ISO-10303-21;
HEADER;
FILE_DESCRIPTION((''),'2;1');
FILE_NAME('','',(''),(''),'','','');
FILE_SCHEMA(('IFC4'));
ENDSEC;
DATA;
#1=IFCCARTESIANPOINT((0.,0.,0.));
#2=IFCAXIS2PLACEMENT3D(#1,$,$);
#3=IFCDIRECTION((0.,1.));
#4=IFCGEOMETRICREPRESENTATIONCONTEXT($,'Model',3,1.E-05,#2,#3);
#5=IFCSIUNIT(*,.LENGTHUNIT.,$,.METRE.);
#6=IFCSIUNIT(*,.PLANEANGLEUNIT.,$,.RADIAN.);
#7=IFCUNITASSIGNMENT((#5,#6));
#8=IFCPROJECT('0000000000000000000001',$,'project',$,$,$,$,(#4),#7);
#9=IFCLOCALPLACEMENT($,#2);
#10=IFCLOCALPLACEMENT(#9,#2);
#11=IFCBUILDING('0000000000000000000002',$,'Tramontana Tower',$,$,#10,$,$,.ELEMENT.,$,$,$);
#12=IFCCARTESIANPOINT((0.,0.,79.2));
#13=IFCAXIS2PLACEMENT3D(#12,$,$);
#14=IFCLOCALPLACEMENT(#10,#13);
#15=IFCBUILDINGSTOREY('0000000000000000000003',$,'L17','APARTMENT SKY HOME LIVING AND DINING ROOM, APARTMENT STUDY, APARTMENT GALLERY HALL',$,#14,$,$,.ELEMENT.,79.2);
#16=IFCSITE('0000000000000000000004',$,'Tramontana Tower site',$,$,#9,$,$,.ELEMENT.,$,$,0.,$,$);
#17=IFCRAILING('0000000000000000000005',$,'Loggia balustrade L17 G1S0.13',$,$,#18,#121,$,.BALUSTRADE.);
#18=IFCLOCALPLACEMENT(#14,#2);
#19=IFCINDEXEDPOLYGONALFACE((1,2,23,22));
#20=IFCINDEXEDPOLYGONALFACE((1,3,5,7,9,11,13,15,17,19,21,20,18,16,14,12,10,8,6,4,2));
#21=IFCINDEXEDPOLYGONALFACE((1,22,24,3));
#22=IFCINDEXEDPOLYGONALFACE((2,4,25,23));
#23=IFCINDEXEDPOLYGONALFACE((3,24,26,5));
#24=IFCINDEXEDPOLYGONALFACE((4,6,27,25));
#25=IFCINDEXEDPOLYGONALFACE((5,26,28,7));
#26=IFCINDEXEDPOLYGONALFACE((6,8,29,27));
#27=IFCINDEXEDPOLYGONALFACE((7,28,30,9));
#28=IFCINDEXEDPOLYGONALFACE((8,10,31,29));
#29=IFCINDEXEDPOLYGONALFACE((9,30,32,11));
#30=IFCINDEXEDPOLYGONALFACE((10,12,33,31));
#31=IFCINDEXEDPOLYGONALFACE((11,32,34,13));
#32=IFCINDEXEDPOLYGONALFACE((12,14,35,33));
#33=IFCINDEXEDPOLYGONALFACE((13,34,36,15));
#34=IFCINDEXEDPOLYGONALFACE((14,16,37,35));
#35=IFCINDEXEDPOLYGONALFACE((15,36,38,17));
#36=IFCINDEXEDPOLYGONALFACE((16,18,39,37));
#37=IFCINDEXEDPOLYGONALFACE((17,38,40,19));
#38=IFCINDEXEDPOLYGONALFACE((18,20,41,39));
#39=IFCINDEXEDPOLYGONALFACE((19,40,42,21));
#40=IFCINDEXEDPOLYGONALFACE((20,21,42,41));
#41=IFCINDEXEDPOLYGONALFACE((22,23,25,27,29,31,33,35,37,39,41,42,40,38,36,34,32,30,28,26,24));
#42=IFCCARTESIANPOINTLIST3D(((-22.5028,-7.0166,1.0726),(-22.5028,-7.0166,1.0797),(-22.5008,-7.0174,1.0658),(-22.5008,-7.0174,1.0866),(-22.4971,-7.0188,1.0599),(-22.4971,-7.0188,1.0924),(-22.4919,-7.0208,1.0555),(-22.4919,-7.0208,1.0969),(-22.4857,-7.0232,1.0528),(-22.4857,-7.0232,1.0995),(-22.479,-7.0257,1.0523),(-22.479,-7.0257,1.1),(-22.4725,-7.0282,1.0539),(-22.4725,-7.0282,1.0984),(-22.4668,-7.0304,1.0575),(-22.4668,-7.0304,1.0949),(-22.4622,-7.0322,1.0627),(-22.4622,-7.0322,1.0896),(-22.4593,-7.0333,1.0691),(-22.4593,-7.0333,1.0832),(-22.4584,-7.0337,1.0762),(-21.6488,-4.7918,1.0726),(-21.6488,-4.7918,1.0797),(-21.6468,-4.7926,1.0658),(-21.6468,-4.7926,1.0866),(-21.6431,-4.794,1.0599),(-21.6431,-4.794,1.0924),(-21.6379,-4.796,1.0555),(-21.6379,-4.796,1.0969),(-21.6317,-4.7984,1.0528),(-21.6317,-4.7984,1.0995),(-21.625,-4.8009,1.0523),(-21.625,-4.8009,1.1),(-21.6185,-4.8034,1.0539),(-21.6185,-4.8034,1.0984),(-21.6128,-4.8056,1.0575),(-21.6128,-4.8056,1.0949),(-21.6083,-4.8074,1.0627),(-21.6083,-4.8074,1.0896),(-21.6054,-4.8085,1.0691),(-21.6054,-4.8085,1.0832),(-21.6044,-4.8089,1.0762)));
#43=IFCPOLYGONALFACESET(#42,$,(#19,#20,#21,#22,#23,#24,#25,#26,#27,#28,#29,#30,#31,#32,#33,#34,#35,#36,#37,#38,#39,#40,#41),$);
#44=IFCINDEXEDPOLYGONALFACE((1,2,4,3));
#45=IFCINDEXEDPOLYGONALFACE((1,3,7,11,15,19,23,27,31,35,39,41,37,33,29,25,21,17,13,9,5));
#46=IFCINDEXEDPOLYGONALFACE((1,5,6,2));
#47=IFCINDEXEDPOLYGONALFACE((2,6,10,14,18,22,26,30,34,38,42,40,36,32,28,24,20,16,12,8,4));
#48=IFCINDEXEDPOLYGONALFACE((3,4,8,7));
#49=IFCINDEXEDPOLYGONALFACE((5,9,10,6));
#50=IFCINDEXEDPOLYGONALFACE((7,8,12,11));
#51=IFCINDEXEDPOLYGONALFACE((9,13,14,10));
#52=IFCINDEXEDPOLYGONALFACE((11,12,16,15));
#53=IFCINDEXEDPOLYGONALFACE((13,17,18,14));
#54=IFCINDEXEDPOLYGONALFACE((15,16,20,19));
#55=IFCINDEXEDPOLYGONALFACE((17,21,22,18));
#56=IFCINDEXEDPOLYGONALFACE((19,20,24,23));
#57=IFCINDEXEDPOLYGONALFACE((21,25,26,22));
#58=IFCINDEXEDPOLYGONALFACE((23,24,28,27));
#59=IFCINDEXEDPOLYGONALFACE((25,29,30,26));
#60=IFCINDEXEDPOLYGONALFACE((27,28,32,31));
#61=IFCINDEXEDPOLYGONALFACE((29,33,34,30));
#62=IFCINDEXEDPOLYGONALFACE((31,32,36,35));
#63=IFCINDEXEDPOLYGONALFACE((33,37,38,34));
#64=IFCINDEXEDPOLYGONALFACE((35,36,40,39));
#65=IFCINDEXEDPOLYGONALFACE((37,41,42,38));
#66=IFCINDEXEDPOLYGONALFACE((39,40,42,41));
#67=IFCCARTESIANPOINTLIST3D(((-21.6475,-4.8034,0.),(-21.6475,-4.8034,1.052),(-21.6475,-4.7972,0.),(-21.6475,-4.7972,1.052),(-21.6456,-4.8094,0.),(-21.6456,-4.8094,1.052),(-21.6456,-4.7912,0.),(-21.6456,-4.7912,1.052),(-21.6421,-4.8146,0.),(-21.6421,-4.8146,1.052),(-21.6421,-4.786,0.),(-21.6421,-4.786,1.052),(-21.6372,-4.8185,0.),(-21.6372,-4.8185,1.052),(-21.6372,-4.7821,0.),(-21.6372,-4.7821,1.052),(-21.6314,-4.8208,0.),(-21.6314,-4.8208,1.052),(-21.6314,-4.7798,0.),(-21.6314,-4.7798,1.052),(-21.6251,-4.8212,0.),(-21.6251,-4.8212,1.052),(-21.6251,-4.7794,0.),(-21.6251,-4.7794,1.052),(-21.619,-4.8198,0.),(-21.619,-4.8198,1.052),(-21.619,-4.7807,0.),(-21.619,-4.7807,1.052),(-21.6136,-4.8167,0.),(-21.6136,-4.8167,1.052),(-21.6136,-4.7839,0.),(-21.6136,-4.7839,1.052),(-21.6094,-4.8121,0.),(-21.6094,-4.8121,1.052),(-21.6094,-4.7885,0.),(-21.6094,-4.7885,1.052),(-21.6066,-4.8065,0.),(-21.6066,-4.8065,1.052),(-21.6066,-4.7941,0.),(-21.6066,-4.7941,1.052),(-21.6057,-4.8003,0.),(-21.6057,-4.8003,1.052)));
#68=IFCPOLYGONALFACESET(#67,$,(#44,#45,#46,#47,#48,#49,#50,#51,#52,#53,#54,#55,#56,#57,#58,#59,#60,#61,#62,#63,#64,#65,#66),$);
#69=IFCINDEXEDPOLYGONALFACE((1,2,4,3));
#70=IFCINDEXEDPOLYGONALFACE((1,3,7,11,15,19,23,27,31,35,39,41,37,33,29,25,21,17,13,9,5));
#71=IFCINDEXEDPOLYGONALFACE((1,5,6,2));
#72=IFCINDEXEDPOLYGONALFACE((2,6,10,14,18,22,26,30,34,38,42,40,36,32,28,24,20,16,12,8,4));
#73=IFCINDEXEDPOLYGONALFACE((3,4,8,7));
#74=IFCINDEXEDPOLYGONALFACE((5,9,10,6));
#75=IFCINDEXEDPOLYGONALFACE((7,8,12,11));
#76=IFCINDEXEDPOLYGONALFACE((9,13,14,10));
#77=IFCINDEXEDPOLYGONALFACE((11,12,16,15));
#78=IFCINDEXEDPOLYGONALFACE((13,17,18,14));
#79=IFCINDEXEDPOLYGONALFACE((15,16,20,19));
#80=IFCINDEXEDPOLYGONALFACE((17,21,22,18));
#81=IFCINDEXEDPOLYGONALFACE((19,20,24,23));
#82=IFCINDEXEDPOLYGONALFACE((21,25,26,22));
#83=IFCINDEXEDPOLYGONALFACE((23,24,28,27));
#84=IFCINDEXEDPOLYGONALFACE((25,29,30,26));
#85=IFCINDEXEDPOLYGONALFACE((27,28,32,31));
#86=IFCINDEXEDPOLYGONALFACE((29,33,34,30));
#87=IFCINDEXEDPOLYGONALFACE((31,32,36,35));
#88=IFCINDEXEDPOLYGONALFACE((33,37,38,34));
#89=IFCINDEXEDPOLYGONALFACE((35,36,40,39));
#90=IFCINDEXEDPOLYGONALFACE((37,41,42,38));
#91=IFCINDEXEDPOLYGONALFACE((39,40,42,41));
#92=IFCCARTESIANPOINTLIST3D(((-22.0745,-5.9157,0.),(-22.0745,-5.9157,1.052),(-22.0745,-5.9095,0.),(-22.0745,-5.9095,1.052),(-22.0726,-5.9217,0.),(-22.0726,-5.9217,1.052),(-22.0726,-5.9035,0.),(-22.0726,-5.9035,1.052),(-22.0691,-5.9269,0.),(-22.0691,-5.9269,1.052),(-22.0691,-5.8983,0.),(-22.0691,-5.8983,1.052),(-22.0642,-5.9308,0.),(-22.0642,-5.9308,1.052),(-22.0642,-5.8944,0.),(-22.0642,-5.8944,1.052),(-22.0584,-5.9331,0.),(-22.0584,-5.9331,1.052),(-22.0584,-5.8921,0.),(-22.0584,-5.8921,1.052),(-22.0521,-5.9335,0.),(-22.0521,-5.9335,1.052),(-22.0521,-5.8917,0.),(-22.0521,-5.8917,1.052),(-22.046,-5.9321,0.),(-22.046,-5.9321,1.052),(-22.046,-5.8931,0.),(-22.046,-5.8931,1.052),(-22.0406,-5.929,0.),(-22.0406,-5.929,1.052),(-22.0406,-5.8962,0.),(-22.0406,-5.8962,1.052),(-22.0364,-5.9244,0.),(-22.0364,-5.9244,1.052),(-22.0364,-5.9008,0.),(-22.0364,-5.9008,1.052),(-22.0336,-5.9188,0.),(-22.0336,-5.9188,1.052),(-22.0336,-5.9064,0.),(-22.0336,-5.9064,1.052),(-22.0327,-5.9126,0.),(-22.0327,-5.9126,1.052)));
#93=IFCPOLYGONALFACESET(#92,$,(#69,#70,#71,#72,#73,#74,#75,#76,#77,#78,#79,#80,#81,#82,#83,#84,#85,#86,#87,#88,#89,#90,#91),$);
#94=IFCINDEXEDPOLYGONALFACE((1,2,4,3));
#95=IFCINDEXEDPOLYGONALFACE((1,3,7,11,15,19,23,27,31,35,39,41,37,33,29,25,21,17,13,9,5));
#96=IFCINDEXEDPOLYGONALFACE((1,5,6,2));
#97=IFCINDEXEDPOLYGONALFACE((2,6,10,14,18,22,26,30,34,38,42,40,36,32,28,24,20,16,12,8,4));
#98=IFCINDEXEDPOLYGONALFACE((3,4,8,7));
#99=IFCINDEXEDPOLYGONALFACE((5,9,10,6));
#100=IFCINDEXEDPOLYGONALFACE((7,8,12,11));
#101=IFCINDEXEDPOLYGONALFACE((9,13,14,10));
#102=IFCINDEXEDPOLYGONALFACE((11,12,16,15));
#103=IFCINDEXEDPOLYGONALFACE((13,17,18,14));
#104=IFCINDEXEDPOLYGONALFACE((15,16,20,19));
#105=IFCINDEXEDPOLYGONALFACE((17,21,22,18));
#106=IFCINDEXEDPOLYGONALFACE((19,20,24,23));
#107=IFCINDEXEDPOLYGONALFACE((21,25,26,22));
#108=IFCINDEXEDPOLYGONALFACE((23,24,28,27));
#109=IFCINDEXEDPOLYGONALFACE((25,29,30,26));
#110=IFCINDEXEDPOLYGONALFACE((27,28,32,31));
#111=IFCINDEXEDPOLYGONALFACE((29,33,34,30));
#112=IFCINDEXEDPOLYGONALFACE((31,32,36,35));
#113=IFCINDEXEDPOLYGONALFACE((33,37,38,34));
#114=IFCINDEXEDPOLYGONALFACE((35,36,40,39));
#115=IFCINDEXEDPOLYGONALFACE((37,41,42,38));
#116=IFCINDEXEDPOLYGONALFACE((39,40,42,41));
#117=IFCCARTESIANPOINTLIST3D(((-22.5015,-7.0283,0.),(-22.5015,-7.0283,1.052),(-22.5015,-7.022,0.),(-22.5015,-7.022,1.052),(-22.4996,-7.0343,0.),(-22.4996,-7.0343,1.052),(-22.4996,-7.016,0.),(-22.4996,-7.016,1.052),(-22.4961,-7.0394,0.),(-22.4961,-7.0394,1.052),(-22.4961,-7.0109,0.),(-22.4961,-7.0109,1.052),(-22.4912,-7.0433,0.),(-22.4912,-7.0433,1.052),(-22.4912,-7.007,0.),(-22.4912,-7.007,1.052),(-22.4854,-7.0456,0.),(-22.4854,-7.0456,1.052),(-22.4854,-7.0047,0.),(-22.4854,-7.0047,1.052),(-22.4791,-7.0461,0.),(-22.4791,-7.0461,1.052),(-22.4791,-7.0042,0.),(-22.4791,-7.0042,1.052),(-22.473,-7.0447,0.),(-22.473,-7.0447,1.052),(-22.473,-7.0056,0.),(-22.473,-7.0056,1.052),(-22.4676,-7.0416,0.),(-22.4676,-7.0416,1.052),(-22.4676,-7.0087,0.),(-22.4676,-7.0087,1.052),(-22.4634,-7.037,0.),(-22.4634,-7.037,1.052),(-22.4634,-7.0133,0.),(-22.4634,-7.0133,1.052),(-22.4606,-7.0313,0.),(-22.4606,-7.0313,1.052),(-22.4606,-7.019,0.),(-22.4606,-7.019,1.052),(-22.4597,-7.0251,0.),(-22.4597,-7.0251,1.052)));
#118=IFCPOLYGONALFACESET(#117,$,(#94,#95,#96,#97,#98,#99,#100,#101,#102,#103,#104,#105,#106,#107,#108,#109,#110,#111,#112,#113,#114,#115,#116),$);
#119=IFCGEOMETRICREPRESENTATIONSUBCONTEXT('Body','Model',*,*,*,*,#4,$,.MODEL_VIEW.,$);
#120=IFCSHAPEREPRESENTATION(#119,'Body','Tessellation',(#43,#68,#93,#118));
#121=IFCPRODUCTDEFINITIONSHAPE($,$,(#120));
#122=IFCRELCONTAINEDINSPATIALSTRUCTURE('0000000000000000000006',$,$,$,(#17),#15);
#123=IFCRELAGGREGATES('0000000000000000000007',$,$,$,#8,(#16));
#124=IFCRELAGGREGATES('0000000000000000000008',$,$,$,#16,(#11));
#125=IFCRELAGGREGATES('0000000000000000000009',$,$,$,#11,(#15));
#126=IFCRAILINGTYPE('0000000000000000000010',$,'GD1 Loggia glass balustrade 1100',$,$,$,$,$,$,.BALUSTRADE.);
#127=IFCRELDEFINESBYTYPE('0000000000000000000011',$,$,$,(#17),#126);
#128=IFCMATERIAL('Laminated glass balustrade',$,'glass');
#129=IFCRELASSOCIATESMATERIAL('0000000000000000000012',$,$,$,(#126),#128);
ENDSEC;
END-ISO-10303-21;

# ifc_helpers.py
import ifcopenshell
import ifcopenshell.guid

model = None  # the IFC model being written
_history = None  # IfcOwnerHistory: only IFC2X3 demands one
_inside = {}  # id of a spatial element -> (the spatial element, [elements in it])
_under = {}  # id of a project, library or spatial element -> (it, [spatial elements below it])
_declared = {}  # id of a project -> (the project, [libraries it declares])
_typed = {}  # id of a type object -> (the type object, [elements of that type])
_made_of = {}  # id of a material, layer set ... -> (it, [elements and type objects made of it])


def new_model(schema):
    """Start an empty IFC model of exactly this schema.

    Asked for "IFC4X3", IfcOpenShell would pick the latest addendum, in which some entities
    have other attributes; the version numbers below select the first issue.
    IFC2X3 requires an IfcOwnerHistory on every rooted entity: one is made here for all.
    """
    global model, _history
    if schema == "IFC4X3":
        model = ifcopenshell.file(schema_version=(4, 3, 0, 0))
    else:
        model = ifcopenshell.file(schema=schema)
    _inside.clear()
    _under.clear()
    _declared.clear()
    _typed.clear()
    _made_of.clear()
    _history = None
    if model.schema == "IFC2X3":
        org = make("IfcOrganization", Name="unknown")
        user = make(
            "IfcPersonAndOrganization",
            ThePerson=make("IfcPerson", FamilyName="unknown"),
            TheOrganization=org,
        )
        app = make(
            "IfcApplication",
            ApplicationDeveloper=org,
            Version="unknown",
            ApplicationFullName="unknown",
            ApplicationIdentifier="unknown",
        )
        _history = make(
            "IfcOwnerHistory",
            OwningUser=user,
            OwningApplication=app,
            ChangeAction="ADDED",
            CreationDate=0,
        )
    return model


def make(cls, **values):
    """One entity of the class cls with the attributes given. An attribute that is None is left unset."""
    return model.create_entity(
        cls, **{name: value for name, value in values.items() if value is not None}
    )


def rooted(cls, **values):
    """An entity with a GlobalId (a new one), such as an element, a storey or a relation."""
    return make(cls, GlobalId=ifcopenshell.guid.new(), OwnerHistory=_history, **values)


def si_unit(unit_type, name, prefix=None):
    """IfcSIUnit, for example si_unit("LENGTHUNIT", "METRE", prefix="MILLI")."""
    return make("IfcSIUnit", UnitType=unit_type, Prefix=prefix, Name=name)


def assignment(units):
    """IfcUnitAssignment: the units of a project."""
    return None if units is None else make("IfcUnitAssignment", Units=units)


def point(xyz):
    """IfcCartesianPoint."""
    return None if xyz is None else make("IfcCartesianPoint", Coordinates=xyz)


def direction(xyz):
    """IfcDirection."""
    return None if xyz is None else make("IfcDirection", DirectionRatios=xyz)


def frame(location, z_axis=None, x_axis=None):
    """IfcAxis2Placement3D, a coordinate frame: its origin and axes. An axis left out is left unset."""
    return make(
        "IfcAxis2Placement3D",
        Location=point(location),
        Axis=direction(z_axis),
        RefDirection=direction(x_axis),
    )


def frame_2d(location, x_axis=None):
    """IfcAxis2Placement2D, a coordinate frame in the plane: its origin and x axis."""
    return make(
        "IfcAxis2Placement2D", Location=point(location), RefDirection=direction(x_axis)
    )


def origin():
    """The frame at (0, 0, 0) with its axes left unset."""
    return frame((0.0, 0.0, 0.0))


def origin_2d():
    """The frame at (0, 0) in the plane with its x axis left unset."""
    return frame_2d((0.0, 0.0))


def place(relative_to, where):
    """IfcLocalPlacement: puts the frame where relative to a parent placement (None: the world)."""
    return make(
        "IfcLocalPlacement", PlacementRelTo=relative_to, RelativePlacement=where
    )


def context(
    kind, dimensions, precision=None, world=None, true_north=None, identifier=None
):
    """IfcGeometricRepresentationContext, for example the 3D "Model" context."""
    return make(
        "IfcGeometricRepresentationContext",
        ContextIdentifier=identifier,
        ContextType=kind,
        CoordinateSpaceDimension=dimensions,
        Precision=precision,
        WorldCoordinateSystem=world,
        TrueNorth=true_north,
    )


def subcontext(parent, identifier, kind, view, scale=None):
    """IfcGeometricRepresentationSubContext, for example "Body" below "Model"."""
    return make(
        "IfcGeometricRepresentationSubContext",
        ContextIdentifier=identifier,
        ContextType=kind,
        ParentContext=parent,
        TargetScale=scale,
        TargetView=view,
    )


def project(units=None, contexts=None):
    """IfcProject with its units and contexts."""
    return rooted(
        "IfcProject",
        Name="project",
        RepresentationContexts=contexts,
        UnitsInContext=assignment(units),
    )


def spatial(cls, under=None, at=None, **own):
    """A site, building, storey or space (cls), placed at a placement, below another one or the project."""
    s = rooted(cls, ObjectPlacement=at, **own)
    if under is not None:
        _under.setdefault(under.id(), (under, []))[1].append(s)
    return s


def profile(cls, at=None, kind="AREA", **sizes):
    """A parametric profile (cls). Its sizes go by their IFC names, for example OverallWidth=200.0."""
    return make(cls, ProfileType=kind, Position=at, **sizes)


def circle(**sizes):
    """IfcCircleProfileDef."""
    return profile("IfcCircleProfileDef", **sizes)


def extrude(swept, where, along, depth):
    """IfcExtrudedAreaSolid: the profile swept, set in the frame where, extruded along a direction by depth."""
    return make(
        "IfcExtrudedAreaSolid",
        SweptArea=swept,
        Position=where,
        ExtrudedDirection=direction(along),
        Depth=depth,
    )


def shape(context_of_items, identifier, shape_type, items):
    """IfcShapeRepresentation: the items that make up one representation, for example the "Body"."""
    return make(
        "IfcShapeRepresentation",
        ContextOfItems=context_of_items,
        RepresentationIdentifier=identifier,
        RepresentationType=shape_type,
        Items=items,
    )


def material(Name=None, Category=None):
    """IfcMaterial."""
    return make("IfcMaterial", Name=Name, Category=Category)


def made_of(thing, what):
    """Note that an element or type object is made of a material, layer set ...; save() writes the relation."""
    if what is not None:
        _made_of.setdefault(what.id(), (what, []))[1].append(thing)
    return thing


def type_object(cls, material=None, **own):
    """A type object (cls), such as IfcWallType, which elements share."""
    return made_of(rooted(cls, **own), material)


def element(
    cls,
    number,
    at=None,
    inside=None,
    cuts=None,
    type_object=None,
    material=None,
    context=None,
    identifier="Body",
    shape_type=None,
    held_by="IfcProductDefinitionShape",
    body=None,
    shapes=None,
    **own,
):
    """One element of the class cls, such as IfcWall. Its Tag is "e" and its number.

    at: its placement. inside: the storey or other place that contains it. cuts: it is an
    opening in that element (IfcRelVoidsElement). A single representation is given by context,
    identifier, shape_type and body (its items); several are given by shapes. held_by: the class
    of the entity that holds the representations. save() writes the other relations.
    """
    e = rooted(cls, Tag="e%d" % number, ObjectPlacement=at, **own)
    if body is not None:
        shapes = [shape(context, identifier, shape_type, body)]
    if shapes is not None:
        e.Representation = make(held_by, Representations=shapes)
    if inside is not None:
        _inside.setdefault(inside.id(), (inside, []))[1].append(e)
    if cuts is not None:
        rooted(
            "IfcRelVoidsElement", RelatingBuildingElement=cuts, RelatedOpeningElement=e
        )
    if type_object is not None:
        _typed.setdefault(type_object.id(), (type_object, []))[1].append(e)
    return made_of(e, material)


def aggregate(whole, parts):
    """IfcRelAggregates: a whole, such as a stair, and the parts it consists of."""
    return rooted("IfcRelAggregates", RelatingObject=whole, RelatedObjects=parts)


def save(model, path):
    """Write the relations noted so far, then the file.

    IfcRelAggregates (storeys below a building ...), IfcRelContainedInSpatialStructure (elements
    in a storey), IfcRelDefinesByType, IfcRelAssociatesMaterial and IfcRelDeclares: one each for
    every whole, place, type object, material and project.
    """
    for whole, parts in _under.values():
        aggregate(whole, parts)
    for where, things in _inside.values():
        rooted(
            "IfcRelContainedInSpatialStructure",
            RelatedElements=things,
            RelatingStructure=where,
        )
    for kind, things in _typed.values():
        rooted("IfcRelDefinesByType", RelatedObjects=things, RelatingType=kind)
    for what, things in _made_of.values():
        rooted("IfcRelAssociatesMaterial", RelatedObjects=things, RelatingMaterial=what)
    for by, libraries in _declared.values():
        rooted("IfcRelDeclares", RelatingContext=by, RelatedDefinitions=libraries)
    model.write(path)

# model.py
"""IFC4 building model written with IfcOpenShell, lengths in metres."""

from ifc_helpers import new_model, si_unit, direction, frame, origin, origin_2d, place, context, subcontext, project, spatial, circle, extrude, material, type_object, element, save


model = new_model("IFC4")

# Units and contexts
model_context = context("Model", 3, precision=1e-05, world=origin(), true_north=direction((0.0, 1.0)))
body_context = subcontext(model_context, "Body", "Model", "MODEL_VIEW")
ifc_project = project(units=[si_unit("LENGTHUNIT", "METRE"), si_unit("PLANEANGLEUNIT", "RADIAN")], contexts=[model_context])

# Site, building, storey
site_placement = place(None, origin())
site = spatial("IfcSite", under=ifc_project, at=site_placement, Name="Tramontana Tower site", CompositionType="ELEMENT", RefElevation=0.0)
building_placement = place(site_placement, origin())
building = spatial("IfcBuilding", under=site, at=building_placement, Name="Tramontana Tower", CompositionType="ELEMENT")
storey_placement = place(building_placement, frame((0.0, 0.0, 79.2)))
storey = spatial("IfcBuildingStorey", under=building, at=storey_placement, Name="L17", Description="APARTMENT SKY HOME LIVING AND DINING ROOM, APARTMENT STUDY, APARTMENT GALLERY HALL", CompositionType="ELEMENT", Elevation=79.2)

# Railing
ifc_material_1 = material(Name="Laminated glass balustrade", Category="glass")
railing_type = type_object("IfcRailingType", Name="GD1 Loggia glass balustrade 1100", PredefinedType="BALUSTRADE", material=ifc_material_1)
railing_1_placement = place(storey_placement, frame((-21.6267, -4.8003, 0.0)))
element("IfcRailing", 1, at=railing_1_placement, inside=storey, type_object=railing_type, Name="Loggia balustrade L17 G1S0.13", PredefinedType="BALUSTRADE", context=body_context, shape_type="SweptSolid", body=[
    extrude(circle(Radius=0.0239, at=origin_2d()), frame((0.0, 0.0, 1.0762), z_axis=(-0.358354, -0.933586, 0.0), x_axis=(0.933586, -0.358354, 0.0)), (0.0, 0.0, 1.0), 2.3831),
    extrude(circle(Radius=0.021, at=origin_2d()), origin(), (0.0, 0.0, 1.0), 1.052),
    extrude(circle(Radius=0.021, at=origin_2d()), frame((-0.427, -1.1123, 0.0)), (0.0, 0.0, 1.0), 1.052),
    extrude(circle(Radius=0.021, at=origin_2d()), frame((-0.854, -2.2249, 0.0)), (0.0, 0.0, 1.0), 1.052),
])

save(model, "model.ifc")
